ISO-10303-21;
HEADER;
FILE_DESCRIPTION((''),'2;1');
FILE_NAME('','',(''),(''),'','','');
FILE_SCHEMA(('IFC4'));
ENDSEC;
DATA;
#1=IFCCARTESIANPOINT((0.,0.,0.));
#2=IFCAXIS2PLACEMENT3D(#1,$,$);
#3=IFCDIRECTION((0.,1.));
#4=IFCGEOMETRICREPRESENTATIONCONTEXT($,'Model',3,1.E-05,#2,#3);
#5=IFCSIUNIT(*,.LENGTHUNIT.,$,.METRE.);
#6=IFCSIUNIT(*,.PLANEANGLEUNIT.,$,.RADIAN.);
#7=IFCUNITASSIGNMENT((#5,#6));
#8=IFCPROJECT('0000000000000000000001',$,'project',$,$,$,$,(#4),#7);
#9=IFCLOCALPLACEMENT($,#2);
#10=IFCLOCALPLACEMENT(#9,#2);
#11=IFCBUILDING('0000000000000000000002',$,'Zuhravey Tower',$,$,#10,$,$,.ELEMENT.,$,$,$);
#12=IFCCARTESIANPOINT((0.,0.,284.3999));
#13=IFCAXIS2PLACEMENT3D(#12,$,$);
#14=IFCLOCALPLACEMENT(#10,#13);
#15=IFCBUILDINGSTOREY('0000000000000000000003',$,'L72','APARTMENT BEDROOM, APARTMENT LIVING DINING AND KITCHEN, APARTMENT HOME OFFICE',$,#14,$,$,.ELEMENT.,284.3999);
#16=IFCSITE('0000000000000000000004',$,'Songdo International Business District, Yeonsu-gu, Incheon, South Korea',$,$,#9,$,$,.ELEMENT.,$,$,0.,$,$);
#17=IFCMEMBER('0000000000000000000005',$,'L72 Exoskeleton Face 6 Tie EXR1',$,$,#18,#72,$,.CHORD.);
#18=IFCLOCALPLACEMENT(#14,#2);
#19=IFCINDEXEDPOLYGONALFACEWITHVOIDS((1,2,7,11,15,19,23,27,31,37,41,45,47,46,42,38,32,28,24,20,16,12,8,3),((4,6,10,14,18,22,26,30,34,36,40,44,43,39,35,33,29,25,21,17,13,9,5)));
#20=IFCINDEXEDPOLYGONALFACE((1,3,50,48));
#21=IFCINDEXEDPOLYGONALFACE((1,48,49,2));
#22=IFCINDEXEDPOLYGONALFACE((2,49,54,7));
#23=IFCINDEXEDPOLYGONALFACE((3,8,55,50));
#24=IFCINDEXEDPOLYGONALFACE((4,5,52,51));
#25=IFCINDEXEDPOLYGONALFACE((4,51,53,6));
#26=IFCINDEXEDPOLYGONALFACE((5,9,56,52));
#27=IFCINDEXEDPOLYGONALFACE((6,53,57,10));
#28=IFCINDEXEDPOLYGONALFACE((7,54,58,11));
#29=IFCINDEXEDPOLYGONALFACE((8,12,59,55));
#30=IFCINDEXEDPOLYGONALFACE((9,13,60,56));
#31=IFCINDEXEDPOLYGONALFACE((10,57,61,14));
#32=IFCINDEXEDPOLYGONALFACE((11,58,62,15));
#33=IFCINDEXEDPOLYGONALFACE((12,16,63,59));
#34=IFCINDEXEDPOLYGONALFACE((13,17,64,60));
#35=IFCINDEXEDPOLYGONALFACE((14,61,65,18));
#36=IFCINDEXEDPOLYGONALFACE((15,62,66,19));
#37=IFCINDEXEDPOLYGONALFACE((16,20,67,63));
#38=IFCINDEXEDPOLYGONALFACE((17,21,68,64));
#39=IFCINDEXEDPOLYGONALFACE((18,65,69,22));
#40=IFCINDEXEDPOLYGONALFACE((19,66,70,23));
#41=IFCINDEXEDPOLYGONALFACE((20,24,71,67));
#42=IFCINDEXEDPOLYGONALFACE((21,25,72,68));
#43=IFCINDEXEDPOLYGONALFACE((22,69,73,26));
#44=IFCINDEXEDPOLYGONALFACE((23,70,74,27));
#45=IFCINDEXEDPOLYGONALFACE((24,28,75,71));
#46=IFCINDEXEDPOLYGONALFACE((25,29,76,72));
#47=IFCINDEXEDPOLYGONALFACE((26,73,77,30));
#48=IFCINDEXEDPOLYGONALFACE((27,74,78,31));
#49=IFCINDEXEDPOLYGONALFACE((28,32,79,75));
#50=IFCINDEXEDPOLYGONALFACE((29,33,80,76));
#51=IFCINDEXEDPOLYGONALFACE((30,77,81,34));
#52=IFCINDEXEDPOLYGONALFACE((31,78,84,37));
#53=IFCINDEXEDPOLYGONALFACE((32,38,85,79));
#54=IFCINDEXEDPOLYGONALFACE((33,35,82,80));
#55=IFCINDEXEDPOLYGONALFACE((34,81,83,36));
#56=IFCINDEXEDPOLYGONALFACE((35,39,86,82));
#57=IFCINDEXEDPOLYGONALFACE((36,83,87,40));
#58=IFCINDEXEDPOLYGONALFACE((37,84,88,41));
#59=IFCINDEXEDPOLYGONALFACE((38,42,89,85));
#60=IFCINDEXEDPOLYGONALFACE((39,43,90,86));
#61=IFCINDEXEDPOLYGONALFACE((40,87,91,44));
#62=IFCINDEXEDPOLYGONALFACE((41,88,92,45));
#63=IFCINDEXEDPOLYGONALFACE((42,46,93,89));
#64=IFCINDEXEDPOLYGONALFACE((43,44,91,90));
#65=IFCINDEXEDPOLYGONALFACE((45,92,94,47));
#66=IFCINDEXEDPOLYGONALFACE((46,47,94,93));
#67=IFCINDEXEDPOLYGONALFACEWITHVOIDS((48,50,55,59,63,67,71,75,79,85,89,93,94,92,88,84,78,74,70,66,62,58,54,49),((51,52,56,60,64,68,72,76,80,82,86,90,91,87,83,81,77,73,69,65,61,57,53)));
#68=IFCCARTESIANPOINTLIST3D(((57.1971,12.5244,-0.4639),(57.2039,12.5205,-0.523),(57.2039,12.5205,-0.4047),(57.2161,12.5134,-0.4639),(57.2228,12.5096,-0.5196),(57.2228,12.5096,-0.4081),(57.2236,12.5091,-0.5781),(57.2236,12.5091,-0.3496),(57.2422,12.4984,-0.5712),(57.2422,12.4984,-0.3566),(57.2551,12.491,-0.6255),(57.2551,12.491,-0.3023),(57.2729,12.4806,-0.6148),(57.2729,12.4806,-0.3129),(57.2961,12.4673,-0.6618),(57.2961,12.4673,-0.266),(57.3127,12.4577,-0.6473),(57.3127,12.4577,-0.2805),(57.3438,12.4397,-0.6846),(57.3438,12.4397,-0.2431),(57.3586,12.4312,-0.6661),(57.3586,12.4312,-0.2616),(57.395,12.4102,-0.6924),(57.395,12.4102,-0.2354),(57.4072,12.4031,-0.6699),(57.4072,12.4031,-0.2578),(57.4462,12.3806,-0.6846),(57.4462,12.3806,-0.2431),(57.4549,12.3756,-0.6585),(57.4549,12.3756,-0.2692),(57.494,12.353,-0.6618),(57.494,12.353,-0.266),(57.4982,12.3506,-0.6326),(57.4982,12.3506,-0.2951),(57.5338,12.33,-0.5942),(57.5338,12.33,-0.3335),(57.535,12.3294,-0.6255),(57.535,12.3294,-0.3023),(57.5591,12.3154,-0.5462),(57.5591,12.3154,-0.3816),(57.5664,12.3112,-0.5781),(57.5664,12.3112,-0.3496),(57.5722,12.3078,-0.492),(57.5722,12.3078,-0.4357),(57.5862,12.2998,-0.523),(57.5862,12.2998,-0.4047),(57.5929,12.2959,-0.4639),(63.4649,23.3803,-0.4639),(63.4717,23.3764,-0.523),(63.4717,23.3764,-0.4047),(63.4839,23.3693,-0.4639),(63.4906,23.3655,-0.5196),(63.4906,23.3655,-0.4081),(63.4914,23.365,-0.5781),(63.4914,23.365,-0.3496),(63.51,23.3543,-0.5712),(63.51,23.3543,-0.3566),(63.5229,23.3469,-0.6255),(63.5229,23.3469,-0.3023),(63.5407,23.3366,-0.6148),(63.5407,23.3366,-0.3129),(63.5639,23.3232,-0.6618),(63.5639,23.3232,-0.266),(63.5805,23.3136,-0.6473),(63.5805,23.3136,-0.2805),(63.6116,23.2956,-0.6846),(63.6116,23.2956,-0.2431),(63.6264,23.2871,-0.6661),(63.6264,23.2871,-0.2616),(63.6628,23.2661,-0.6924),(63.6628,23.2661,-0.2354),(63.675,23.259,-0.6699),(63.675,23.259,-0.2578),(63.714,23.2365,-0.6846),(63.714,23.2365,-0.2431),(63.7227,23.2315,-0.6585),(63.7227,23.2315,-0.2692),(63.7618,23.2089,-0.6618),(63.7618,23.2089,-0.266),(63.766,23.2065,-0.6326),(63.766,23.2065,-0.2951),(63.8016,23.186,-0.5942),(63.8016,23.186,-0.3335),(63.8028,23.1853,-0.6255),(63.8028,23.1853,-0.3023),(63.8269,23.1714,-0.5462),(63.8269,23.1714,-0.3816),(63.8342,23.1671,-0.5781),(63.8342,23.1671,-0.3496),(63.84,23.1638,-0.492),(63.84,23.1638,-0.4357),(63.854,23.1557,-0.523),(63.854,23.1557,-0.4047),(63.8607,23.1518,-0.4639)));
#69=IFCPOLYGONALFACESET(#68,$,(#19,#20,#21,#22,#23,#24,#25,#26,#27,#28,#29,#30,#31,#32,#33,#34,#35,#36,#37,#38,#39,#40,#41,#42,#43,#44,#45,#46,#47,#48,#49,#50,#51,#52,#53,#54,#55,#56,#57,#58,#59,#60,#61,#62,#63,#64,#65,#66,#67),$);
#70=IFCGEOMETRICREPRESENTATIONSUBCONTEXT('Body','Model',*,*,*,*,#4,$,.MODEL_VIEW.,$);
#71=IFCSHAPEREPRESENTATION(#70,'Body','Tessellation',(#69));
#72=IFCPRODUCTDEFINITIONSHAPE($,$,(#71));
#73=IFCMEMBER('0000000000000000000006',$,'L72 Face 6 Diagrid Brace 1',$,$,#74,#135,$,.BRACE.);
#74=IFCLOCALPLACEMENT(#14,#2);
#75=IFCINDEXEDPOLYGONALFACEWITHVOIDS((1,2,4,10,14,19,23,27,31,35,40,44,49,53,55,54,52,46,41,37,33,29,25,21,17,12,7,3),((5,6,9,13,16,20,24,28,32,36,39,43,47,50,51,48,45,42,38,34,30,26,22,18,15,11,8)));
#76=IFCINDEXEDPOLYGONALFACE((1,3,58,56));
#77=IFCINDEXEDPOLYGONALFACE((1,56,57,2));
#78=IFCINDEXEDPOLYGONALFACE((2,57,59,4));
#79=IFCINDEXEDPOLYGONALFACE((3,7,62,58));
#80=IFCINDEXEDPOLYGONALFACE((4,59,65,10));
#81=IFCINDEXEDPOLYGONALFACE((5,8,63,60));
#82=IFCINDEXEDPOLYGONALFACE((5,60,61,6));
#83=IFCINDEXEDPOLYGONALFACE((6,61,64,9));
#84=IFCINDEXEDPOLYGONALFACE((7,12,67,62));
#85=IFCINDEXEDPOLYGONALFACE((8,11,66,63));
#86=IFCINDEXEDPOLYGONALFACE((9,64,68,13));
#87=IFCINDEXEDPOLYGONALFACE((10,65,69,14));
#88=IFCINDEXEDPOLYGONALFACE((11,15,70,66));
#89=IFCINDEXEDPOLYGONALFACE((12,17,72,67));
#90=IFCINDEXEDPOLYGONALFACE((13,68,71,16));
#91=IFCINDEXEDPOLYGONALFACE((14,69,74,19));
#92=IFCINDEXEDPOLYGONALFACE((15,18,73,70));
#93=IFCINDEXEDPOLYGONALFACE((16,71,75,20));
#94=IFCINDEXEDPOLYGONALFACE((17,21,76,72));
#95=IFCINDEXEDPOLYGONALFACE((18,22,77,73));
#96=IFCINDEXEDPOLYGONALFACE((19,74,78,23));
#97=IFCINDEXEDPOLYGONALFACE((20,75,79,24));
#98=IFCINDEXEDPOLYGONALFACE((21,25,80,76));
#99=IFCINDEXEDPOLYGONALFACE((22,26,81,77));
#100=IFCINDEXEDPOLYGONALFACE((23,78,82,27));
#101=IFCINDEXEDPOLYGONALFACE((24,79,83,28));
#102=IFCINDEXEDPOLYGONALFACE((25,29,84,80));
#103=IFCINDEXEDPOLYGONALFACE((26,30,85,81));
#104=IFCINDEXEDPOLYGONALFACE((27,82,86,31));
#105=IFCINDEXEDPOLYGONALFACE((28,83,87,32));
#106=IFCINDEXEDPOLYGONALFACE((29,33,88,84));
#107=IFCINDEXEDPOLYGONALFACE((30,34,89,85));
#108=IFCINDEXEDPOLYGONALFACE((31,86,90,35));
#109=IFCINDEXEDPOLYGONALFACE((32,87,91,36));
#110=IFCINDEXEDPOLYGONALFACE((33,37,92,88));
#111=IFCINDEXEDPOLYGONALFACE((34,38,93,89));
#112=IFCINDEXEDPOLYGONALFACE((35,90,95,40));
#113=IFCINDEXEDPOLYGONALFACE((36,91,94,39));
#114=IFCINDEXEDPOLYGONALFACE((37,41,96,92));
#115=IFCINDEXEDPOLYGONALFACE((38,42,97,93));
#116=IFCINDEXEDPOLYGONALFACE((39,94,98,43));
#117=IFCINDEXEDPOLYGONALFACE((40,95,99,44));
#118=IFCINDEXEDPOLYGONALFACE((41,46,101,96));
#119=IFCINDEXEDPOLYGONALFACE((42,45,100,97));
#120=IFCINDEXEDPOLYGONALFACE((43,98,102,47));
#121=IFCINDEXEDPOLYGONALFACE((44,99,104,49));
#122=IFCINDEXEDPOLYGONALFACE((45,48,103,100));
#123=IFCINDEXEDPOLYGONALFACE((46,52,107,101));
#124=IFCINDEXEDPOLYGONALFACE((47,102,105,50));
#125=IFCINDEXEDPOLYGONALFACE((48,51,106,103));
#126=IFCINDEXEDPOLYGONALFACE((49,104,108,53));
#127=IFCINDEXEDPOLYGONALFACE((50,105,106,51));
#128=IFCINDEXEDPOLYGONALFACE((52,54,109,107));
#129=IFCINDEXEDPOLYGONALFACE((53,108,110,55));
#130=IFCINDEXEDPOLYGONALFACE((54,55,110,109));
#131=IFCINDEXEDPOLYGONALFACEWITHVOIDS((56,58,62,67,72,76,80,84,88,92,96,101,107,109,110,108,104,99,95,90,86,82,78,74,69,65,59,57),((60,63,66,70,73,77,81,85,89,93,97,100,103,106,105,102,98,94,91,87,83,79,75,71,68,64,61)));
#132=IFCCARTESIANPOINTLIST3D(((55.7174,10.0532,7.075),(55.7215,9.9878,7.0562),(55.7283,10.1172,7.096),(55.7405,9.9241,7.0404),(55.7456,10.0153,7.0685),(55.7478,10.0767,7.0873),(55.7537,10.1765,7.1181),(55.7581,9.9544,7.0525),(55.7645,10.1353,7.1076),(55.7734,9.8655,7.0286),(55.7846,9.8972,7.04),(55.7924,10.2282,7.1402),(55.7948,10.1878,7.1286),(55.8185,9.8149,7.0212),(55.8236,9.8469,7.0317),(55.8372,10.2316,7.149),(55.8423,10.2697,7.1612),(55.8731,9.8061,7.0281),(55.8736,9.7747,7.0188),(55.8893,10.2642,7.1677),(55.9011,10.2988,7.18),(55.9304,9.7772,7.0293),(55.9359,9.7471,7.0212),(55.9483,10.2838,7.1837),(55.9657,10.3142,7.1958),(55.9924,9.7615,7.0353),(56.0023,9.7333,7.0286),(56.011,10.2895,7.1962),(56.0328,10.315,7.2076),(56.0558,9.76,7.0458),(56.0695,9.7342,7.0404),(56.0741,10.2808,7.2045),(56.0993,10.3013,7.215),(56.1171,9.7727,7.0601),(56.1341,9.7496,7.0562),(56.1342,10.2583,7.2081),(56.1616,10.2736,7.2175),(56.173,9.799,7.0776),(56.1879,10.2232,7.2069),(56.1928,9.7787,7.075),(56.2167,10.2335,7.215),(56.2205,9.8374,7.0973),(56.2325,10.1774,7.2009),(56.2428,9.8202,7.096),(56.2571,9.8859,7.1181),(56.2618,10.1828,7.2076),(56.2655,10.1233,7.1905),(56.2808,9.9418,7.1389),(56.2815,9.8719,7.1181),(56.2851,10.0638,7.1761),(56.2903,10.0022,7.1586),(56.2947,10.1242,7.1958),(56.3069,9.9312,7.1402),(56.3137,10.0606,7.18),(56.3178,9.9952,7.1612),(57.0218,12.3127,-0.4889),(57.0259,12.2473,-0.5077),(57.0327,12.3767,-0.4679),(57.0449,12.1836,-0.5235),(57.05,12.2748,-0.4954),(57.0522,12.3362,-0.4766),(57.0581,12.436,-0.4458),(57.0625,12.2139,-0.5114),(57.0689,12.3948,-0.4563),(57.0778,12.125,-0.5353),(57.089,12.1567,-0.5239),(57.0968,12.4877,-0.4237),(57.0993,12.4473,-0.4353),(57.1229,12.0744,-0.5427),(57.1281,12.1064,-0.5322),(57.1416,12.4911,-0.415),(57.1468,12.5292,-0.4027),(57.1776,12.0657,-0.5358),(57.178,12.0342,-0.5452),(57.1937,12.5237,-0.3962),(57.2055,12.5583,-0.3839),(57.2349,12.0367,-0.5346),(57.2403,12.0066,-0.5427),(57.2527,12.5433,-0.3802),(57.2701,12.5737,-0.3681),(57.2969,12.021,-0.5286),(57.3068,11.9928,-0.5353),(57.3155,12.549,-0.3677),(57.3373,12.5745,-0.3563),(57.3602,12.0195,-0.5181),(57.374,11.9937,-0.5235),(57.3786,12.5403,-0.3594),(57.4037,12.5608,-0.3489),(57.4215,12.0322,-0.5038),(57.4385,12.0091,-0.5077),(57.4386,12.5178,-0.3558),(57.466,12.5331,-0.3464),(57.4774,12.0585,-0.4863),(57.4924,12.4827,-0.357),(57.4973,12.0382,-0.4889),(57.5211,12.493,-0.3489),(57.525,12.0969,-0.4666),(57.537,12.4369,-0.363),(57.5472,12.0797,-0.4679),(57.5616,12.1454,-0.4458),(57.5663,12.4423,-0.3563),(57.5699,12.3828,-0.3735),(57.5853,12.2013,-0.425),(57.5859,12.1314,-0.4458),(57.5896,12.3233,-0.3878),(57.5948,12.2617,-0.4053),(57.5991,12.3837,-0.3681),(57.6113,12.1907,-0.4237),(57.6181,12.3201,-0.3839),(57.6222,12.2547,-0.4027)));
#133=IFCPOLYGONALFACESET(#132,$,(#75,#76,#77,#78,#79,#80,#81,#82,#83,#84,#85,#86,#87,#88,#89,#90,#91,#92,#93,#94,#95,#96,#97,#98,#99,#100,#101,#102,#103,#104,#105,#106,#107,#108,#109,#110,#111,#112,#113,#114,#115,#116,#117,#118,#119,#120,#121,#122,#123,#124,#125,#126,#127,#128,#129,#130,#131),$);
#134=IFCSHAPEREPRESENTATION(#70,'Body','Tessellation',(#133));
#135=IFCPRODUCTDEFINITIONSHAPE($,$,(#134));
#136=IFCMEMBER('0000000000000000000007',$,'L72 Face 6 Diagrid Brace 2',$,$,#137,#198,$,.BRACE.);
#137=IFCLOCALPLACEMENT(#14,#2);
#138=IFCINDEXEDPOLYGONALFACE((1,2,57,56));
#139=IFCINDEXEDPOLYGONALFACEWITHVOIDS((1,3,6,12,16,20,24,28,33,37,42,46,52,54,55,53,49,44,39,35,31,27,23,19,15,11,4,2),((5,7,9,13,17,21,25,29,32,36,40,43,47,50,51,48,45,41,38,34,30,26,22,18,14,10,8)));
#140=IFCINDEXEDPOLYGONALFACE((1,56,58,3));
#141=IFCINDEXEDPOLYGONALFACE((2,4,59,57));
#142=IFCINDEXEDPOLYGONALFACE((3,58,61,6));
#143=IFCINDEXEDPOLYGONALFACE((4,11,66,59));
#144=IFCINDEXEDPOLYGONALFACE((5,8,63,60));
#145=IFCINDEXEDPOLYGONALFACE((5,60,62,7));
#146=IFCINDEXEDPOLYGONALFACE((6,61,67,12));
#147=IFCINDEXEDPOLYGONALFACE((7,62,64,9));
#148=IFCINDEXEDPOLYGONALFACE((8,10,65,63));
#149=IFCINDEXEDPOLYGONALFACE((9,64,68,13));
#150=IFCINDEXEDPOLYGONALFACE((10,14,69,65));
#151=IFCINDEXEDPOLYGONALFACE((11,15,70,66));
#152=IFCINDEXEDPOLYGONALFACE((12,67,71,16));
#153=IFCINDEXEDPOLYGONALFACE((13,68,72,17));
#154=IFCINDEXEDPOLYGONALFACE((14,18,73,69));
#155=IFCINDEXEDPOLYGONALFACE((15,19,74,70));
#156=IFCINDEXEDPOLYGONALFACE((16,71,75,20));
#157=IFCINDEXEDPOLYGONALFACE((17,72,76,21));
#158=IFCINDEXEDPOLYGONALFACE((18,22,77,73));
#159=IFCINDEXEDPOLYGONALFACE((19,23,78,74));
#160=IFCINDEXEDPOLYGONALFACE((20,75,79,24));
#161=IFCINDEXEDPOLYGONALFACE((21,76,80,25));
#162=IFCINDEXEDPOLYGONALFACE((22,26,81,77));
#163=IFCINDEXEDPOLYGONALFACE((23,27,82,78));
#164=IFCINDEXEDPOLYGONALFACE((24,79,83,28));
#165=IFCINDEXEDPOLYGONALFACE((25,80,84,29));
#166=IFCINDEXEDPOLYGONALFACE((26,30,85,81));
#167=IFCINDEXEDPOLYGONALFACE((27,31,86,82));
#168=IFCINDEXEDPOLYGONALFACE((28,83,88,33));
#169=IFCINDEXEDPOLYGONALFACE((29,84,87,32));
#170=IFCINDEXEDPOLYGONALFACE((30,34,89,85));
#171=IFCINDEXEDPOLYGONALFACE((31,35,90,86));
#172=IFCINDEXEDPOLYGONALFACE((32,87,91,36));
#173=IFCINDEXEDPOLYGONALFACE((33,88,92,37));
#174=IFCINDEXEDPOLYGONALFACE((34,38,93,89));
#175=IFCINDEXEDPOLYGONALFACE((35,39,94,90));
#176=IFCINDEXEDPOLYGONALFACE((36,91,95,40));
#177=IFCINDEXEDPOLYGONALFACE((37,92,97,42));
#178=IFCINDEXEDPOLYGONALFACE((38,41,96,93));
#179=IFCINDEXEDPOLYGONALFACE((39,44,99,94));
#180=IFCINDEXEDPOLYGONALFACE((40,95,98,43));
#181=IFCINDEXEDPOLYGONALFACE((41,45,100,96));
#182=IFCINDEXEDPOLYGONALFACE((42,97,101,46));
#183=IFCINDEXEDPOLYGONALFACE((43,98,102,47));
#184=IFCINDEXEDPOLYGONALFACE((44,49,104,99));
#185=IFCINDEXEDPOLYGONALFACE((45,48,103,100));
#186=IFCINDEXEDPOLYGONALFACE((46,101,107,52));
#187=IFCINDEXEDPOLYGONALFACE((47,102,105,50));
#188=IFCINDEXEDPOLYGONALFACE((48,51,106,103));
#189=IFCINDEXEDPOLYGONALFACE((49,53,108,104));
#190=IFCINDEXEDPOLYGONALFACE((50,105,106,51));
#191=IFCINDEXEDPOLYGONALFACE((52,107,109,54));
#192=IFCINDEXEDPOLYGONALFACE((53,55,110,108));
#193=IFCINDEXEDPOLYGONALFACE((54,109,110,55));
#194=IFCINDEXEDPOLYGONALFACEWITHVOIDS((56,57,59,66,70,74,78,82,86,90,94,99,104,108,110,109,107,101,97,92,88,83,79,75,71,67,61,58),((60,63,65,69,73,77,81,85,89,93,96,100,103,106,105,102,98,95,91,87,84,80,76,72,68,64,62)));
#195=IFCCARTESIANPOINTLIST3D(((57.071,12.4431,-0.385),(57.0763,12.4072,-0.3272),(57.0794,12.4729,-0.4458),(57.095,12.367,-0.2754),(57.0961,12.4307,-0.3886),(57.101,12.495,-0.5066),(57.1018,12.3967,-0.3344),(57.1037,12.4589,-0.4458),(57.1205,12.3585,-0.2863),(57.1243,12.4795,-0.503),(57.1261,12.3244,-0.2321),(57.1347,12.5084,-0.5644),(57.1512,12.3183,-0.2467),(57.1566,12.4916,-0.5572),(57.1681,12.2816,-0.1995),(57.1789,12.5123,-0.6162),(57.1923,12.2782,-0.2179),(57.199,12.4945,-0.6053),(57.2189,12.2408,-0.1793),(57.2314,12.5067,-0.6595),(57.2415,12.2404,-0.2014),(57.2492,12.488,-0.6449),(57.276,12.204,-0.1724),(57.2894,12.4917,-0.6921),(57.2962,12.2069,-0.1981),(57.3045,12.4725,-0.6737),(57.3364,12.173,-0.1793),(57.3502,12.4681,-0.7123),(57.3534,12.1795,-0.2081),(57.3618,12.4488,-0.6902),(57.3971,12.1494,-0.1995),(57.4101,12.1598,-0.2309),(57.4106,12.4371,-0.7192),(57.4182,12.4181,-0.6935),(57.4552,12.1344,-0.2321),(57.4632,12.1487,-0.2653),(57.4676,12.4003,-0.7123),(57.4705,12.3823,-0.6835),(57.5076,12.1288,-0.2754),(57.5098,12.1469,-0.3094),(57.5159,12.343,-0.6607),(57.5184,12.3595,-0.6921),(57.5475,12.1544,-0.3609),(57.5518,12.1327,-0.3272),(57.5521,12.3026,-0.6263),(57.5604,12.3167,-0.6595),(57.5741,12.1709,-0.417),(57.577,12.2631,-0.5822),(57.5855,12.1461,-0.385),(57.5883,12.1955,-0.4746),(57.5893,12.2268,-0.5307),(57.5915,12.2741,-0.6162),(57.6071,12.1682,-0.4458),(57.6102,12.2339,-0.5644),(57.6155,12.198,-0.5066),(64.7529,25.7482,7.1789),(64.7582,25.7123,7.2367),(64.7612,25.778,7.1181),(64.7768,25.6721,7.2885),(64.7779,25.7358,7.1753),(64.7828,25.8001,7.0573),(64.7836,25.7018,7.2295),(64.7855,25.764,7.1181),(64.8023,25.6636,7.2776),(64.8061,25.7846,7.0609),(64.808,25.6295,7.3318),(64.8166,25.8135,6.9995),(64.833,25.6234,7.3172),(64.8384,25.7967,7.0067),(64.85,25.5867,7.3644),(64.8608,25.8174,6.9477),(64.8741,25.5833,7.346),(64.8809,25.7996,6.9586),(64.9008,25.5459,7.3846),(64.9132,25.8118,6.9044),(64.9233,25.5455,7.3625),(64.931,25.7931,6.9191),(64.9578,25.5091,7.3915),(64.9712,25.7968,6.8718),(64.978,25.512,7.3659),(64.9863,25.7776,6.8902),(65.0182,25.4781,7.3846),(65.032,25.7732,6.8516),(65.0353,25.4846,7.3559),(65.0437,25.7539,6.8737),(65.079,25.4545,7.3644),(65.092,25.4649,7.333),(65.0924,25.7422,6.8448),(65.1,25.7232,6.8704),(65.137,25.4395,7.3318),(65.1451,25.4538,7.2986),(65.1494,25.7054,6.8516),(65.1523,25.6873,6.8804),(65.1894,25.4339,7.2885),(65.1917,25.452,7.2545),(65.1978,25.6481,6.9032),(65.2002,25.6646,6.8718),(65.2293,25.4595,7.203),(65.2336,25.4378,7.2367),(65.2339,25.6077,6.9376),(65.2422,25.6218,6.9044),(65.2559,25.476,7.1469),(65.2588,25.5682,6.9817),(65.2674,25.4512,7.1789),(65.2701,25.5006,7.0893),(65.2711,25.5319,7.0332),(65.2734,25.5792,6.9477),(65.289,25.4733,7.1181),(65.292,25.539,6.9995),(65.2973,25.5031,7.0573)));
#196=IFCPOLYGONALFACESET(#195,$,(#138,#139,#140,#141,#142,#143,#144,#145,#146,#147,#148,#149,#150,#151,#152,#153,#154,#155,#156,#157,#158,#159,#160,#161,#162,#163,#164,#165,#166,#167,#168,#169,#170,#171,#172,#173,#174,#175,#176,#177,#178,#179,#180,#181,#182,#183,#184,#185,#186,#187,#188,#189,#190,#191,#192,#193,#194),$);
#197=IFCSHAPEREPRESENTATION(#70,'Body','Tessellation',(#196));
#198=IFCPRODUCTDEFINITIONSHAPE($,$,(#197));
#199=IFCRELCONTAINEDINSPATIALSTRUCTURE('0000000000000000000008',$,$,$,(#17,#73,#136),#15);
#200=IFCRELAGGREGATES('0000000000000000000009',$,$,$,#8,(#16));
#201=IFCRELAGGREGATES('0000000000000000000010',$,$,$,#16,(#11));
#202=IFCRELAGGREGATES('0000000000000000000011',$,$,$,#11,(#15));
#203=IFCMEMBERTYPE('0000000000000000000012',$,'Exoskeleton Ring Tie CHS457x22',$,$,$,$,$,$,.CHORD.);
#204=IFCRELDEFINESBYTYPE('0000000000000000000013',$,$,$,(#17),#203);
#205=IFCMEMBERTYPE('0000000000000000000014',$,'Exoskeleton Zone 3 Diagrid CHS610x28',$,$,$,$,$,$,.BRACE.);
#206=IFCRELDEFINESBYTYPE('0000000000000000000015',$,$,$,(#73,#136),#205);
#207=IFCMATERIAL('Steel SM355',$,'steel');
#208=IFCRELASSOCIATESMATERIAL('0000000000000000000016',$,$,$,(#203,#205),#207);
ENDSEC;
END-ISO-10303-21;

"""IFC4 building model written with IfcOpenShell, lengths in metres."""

from ifc_helpers import new_model, si_unit, direction, frame, origin, origin_2d, place, context, subcontext, project, spatial, hollow_circle, extrude, material, material_profile, profile_set, type_object, element, save


model = new_model("IFC4")

# Units and contexts
model_context = context("Model", 3, precision=1e-05, world=origin(), true_north=direction((0.0, 1.0)))
body_context = subcontext(model_context, "Body", "Model", "MODEL_VIEW")
ifc_project = project(units=[si_unit("LENGTHUNIT", "METRE"), si_unit("PLANEANGLEUNIT", "RADIAN")], contexts=[model_context])

# Site, building, storey
site_placement = place(None, origin())
site = spatial("IfcSite", under=ifc_project, at=site_placement, Name="Songdo International Business District, Yeonsu-gu, Incheon, South Korea", CompositionType="ELEMENT", RefElevation=0.0)
building_placement = place(site_placement, origin())
building = spatial("IfcBuilding", under=site, at=building_placement, Name="Zuhravey Tower", CompositionType="ELEMENT")
storey_placement = place(building_placement, frame((0.0, 0.0, 284.3999)))
storey = spatial("IfcBuildingStorey", under=building, at=storey_placement, Name="L72", Description="APARTMENT BEDROOM, APARTMENT LIVING DINING AND KITCHEN, APARTMENT HOME OFFICE", CompositionType="ELEMENT", Elevation=284.3999)

# Members
ifc_material_1 = material(Name="Steel SM355", Category="steel")
ifc_material_profile_1 = material_profile(ifc_material_1, hollow_circle(Radius=0.2285, WallThickness=0.022, at=origin_2d()), Name="CHS-457.2x22")
ifc_profile_set_1 = profile_set([ifc_material_profile_1], Name="Steel SM355")
member_type_1 = type_object("IfcMemberType", Name="Exoskeleton Ring Tie CHS457x22", PredefinedType="CHORD", material=ifc_profile_set_1)
member_1_placement = place(storey_placement, frame((57.395, 12.4102, -0.4639), z_axis=(0.500008, 0.866021, 0.0), x_axis=(-0.866021, 0.500008, 0.0)))
element("IfcMember", 1, at=member_1_placement, inside=storey, type_object=member_type_1, Name="L72 Exoskeleton Face 6 Tie EXR1", PredefinedType="CHORD", context=body_context, shape_type="SweptSolid", body=[
    extrude(hollow_circle(Radius=0.2285, WallThickness=0.022, at=origin_2d()), origin(), (0.0, 0.0, 1.0), 12.5354),
])
ifc_material_profile_2 = material_profile(ifc_material_1, hollow_circle(Radius=0.3047, WallThickness=0.0281, at=origin_2d()), Name="CHS-609.6x28")
ifc_profile_set_2 = profile_set([ifc_material_profile_2], Name="Steel SM355")
member_type_2 = type_object("IfcMemberType", Name="Exoskeleton Zone 3 Diagrid CHS610x28", PredefinedType="BRACE", material=ifc_profile_set_2)
member_2_placement = place(storey_placement, frame((57.322, 12.2837, -0.4458), z_axis=(-0.163029, -0.282395, 0.945344), x_axis=(0.866041, -0.499974, 0.0)))
element("IfcMember", 2, at=member_2_placement, inside=storey, type_object=member_type_2, Name="L72 Face 6 Diagrid Brace 1", PredefinedType="BRACE", context=body_context, shape_type="SweptSolid", body=[
    extrude(hollow_circle(Radius=0.3047, WallThickness=0.0281, at=origin_2d()), origin(), (0.0, 0.0, 1.0), 8.0012),
])
member_3_placement = place(storey_placement, frame((57.3433, 12.3206, -0.4458), z_axis=(0.448587, 0.776962, 0.441701), x_axis=(-0.866022, 0.500007, 0.0)))
element("IfcMember", 3, at=member_3_placement, inside=storey, type_object=member_type_2, Name="L72 Face 6 Diagrid Brace 2", PredefinedType="BRACE", context=body_context, shape_type="SweptSolid", body=[
    extrude(hollow_circle(Radius=0.3047, WallThickness=0.0281, at=origin_2d()), origin(), (0.0, 0.0, 1.0), 17.1245),
])

save(model, "model.ifc")
